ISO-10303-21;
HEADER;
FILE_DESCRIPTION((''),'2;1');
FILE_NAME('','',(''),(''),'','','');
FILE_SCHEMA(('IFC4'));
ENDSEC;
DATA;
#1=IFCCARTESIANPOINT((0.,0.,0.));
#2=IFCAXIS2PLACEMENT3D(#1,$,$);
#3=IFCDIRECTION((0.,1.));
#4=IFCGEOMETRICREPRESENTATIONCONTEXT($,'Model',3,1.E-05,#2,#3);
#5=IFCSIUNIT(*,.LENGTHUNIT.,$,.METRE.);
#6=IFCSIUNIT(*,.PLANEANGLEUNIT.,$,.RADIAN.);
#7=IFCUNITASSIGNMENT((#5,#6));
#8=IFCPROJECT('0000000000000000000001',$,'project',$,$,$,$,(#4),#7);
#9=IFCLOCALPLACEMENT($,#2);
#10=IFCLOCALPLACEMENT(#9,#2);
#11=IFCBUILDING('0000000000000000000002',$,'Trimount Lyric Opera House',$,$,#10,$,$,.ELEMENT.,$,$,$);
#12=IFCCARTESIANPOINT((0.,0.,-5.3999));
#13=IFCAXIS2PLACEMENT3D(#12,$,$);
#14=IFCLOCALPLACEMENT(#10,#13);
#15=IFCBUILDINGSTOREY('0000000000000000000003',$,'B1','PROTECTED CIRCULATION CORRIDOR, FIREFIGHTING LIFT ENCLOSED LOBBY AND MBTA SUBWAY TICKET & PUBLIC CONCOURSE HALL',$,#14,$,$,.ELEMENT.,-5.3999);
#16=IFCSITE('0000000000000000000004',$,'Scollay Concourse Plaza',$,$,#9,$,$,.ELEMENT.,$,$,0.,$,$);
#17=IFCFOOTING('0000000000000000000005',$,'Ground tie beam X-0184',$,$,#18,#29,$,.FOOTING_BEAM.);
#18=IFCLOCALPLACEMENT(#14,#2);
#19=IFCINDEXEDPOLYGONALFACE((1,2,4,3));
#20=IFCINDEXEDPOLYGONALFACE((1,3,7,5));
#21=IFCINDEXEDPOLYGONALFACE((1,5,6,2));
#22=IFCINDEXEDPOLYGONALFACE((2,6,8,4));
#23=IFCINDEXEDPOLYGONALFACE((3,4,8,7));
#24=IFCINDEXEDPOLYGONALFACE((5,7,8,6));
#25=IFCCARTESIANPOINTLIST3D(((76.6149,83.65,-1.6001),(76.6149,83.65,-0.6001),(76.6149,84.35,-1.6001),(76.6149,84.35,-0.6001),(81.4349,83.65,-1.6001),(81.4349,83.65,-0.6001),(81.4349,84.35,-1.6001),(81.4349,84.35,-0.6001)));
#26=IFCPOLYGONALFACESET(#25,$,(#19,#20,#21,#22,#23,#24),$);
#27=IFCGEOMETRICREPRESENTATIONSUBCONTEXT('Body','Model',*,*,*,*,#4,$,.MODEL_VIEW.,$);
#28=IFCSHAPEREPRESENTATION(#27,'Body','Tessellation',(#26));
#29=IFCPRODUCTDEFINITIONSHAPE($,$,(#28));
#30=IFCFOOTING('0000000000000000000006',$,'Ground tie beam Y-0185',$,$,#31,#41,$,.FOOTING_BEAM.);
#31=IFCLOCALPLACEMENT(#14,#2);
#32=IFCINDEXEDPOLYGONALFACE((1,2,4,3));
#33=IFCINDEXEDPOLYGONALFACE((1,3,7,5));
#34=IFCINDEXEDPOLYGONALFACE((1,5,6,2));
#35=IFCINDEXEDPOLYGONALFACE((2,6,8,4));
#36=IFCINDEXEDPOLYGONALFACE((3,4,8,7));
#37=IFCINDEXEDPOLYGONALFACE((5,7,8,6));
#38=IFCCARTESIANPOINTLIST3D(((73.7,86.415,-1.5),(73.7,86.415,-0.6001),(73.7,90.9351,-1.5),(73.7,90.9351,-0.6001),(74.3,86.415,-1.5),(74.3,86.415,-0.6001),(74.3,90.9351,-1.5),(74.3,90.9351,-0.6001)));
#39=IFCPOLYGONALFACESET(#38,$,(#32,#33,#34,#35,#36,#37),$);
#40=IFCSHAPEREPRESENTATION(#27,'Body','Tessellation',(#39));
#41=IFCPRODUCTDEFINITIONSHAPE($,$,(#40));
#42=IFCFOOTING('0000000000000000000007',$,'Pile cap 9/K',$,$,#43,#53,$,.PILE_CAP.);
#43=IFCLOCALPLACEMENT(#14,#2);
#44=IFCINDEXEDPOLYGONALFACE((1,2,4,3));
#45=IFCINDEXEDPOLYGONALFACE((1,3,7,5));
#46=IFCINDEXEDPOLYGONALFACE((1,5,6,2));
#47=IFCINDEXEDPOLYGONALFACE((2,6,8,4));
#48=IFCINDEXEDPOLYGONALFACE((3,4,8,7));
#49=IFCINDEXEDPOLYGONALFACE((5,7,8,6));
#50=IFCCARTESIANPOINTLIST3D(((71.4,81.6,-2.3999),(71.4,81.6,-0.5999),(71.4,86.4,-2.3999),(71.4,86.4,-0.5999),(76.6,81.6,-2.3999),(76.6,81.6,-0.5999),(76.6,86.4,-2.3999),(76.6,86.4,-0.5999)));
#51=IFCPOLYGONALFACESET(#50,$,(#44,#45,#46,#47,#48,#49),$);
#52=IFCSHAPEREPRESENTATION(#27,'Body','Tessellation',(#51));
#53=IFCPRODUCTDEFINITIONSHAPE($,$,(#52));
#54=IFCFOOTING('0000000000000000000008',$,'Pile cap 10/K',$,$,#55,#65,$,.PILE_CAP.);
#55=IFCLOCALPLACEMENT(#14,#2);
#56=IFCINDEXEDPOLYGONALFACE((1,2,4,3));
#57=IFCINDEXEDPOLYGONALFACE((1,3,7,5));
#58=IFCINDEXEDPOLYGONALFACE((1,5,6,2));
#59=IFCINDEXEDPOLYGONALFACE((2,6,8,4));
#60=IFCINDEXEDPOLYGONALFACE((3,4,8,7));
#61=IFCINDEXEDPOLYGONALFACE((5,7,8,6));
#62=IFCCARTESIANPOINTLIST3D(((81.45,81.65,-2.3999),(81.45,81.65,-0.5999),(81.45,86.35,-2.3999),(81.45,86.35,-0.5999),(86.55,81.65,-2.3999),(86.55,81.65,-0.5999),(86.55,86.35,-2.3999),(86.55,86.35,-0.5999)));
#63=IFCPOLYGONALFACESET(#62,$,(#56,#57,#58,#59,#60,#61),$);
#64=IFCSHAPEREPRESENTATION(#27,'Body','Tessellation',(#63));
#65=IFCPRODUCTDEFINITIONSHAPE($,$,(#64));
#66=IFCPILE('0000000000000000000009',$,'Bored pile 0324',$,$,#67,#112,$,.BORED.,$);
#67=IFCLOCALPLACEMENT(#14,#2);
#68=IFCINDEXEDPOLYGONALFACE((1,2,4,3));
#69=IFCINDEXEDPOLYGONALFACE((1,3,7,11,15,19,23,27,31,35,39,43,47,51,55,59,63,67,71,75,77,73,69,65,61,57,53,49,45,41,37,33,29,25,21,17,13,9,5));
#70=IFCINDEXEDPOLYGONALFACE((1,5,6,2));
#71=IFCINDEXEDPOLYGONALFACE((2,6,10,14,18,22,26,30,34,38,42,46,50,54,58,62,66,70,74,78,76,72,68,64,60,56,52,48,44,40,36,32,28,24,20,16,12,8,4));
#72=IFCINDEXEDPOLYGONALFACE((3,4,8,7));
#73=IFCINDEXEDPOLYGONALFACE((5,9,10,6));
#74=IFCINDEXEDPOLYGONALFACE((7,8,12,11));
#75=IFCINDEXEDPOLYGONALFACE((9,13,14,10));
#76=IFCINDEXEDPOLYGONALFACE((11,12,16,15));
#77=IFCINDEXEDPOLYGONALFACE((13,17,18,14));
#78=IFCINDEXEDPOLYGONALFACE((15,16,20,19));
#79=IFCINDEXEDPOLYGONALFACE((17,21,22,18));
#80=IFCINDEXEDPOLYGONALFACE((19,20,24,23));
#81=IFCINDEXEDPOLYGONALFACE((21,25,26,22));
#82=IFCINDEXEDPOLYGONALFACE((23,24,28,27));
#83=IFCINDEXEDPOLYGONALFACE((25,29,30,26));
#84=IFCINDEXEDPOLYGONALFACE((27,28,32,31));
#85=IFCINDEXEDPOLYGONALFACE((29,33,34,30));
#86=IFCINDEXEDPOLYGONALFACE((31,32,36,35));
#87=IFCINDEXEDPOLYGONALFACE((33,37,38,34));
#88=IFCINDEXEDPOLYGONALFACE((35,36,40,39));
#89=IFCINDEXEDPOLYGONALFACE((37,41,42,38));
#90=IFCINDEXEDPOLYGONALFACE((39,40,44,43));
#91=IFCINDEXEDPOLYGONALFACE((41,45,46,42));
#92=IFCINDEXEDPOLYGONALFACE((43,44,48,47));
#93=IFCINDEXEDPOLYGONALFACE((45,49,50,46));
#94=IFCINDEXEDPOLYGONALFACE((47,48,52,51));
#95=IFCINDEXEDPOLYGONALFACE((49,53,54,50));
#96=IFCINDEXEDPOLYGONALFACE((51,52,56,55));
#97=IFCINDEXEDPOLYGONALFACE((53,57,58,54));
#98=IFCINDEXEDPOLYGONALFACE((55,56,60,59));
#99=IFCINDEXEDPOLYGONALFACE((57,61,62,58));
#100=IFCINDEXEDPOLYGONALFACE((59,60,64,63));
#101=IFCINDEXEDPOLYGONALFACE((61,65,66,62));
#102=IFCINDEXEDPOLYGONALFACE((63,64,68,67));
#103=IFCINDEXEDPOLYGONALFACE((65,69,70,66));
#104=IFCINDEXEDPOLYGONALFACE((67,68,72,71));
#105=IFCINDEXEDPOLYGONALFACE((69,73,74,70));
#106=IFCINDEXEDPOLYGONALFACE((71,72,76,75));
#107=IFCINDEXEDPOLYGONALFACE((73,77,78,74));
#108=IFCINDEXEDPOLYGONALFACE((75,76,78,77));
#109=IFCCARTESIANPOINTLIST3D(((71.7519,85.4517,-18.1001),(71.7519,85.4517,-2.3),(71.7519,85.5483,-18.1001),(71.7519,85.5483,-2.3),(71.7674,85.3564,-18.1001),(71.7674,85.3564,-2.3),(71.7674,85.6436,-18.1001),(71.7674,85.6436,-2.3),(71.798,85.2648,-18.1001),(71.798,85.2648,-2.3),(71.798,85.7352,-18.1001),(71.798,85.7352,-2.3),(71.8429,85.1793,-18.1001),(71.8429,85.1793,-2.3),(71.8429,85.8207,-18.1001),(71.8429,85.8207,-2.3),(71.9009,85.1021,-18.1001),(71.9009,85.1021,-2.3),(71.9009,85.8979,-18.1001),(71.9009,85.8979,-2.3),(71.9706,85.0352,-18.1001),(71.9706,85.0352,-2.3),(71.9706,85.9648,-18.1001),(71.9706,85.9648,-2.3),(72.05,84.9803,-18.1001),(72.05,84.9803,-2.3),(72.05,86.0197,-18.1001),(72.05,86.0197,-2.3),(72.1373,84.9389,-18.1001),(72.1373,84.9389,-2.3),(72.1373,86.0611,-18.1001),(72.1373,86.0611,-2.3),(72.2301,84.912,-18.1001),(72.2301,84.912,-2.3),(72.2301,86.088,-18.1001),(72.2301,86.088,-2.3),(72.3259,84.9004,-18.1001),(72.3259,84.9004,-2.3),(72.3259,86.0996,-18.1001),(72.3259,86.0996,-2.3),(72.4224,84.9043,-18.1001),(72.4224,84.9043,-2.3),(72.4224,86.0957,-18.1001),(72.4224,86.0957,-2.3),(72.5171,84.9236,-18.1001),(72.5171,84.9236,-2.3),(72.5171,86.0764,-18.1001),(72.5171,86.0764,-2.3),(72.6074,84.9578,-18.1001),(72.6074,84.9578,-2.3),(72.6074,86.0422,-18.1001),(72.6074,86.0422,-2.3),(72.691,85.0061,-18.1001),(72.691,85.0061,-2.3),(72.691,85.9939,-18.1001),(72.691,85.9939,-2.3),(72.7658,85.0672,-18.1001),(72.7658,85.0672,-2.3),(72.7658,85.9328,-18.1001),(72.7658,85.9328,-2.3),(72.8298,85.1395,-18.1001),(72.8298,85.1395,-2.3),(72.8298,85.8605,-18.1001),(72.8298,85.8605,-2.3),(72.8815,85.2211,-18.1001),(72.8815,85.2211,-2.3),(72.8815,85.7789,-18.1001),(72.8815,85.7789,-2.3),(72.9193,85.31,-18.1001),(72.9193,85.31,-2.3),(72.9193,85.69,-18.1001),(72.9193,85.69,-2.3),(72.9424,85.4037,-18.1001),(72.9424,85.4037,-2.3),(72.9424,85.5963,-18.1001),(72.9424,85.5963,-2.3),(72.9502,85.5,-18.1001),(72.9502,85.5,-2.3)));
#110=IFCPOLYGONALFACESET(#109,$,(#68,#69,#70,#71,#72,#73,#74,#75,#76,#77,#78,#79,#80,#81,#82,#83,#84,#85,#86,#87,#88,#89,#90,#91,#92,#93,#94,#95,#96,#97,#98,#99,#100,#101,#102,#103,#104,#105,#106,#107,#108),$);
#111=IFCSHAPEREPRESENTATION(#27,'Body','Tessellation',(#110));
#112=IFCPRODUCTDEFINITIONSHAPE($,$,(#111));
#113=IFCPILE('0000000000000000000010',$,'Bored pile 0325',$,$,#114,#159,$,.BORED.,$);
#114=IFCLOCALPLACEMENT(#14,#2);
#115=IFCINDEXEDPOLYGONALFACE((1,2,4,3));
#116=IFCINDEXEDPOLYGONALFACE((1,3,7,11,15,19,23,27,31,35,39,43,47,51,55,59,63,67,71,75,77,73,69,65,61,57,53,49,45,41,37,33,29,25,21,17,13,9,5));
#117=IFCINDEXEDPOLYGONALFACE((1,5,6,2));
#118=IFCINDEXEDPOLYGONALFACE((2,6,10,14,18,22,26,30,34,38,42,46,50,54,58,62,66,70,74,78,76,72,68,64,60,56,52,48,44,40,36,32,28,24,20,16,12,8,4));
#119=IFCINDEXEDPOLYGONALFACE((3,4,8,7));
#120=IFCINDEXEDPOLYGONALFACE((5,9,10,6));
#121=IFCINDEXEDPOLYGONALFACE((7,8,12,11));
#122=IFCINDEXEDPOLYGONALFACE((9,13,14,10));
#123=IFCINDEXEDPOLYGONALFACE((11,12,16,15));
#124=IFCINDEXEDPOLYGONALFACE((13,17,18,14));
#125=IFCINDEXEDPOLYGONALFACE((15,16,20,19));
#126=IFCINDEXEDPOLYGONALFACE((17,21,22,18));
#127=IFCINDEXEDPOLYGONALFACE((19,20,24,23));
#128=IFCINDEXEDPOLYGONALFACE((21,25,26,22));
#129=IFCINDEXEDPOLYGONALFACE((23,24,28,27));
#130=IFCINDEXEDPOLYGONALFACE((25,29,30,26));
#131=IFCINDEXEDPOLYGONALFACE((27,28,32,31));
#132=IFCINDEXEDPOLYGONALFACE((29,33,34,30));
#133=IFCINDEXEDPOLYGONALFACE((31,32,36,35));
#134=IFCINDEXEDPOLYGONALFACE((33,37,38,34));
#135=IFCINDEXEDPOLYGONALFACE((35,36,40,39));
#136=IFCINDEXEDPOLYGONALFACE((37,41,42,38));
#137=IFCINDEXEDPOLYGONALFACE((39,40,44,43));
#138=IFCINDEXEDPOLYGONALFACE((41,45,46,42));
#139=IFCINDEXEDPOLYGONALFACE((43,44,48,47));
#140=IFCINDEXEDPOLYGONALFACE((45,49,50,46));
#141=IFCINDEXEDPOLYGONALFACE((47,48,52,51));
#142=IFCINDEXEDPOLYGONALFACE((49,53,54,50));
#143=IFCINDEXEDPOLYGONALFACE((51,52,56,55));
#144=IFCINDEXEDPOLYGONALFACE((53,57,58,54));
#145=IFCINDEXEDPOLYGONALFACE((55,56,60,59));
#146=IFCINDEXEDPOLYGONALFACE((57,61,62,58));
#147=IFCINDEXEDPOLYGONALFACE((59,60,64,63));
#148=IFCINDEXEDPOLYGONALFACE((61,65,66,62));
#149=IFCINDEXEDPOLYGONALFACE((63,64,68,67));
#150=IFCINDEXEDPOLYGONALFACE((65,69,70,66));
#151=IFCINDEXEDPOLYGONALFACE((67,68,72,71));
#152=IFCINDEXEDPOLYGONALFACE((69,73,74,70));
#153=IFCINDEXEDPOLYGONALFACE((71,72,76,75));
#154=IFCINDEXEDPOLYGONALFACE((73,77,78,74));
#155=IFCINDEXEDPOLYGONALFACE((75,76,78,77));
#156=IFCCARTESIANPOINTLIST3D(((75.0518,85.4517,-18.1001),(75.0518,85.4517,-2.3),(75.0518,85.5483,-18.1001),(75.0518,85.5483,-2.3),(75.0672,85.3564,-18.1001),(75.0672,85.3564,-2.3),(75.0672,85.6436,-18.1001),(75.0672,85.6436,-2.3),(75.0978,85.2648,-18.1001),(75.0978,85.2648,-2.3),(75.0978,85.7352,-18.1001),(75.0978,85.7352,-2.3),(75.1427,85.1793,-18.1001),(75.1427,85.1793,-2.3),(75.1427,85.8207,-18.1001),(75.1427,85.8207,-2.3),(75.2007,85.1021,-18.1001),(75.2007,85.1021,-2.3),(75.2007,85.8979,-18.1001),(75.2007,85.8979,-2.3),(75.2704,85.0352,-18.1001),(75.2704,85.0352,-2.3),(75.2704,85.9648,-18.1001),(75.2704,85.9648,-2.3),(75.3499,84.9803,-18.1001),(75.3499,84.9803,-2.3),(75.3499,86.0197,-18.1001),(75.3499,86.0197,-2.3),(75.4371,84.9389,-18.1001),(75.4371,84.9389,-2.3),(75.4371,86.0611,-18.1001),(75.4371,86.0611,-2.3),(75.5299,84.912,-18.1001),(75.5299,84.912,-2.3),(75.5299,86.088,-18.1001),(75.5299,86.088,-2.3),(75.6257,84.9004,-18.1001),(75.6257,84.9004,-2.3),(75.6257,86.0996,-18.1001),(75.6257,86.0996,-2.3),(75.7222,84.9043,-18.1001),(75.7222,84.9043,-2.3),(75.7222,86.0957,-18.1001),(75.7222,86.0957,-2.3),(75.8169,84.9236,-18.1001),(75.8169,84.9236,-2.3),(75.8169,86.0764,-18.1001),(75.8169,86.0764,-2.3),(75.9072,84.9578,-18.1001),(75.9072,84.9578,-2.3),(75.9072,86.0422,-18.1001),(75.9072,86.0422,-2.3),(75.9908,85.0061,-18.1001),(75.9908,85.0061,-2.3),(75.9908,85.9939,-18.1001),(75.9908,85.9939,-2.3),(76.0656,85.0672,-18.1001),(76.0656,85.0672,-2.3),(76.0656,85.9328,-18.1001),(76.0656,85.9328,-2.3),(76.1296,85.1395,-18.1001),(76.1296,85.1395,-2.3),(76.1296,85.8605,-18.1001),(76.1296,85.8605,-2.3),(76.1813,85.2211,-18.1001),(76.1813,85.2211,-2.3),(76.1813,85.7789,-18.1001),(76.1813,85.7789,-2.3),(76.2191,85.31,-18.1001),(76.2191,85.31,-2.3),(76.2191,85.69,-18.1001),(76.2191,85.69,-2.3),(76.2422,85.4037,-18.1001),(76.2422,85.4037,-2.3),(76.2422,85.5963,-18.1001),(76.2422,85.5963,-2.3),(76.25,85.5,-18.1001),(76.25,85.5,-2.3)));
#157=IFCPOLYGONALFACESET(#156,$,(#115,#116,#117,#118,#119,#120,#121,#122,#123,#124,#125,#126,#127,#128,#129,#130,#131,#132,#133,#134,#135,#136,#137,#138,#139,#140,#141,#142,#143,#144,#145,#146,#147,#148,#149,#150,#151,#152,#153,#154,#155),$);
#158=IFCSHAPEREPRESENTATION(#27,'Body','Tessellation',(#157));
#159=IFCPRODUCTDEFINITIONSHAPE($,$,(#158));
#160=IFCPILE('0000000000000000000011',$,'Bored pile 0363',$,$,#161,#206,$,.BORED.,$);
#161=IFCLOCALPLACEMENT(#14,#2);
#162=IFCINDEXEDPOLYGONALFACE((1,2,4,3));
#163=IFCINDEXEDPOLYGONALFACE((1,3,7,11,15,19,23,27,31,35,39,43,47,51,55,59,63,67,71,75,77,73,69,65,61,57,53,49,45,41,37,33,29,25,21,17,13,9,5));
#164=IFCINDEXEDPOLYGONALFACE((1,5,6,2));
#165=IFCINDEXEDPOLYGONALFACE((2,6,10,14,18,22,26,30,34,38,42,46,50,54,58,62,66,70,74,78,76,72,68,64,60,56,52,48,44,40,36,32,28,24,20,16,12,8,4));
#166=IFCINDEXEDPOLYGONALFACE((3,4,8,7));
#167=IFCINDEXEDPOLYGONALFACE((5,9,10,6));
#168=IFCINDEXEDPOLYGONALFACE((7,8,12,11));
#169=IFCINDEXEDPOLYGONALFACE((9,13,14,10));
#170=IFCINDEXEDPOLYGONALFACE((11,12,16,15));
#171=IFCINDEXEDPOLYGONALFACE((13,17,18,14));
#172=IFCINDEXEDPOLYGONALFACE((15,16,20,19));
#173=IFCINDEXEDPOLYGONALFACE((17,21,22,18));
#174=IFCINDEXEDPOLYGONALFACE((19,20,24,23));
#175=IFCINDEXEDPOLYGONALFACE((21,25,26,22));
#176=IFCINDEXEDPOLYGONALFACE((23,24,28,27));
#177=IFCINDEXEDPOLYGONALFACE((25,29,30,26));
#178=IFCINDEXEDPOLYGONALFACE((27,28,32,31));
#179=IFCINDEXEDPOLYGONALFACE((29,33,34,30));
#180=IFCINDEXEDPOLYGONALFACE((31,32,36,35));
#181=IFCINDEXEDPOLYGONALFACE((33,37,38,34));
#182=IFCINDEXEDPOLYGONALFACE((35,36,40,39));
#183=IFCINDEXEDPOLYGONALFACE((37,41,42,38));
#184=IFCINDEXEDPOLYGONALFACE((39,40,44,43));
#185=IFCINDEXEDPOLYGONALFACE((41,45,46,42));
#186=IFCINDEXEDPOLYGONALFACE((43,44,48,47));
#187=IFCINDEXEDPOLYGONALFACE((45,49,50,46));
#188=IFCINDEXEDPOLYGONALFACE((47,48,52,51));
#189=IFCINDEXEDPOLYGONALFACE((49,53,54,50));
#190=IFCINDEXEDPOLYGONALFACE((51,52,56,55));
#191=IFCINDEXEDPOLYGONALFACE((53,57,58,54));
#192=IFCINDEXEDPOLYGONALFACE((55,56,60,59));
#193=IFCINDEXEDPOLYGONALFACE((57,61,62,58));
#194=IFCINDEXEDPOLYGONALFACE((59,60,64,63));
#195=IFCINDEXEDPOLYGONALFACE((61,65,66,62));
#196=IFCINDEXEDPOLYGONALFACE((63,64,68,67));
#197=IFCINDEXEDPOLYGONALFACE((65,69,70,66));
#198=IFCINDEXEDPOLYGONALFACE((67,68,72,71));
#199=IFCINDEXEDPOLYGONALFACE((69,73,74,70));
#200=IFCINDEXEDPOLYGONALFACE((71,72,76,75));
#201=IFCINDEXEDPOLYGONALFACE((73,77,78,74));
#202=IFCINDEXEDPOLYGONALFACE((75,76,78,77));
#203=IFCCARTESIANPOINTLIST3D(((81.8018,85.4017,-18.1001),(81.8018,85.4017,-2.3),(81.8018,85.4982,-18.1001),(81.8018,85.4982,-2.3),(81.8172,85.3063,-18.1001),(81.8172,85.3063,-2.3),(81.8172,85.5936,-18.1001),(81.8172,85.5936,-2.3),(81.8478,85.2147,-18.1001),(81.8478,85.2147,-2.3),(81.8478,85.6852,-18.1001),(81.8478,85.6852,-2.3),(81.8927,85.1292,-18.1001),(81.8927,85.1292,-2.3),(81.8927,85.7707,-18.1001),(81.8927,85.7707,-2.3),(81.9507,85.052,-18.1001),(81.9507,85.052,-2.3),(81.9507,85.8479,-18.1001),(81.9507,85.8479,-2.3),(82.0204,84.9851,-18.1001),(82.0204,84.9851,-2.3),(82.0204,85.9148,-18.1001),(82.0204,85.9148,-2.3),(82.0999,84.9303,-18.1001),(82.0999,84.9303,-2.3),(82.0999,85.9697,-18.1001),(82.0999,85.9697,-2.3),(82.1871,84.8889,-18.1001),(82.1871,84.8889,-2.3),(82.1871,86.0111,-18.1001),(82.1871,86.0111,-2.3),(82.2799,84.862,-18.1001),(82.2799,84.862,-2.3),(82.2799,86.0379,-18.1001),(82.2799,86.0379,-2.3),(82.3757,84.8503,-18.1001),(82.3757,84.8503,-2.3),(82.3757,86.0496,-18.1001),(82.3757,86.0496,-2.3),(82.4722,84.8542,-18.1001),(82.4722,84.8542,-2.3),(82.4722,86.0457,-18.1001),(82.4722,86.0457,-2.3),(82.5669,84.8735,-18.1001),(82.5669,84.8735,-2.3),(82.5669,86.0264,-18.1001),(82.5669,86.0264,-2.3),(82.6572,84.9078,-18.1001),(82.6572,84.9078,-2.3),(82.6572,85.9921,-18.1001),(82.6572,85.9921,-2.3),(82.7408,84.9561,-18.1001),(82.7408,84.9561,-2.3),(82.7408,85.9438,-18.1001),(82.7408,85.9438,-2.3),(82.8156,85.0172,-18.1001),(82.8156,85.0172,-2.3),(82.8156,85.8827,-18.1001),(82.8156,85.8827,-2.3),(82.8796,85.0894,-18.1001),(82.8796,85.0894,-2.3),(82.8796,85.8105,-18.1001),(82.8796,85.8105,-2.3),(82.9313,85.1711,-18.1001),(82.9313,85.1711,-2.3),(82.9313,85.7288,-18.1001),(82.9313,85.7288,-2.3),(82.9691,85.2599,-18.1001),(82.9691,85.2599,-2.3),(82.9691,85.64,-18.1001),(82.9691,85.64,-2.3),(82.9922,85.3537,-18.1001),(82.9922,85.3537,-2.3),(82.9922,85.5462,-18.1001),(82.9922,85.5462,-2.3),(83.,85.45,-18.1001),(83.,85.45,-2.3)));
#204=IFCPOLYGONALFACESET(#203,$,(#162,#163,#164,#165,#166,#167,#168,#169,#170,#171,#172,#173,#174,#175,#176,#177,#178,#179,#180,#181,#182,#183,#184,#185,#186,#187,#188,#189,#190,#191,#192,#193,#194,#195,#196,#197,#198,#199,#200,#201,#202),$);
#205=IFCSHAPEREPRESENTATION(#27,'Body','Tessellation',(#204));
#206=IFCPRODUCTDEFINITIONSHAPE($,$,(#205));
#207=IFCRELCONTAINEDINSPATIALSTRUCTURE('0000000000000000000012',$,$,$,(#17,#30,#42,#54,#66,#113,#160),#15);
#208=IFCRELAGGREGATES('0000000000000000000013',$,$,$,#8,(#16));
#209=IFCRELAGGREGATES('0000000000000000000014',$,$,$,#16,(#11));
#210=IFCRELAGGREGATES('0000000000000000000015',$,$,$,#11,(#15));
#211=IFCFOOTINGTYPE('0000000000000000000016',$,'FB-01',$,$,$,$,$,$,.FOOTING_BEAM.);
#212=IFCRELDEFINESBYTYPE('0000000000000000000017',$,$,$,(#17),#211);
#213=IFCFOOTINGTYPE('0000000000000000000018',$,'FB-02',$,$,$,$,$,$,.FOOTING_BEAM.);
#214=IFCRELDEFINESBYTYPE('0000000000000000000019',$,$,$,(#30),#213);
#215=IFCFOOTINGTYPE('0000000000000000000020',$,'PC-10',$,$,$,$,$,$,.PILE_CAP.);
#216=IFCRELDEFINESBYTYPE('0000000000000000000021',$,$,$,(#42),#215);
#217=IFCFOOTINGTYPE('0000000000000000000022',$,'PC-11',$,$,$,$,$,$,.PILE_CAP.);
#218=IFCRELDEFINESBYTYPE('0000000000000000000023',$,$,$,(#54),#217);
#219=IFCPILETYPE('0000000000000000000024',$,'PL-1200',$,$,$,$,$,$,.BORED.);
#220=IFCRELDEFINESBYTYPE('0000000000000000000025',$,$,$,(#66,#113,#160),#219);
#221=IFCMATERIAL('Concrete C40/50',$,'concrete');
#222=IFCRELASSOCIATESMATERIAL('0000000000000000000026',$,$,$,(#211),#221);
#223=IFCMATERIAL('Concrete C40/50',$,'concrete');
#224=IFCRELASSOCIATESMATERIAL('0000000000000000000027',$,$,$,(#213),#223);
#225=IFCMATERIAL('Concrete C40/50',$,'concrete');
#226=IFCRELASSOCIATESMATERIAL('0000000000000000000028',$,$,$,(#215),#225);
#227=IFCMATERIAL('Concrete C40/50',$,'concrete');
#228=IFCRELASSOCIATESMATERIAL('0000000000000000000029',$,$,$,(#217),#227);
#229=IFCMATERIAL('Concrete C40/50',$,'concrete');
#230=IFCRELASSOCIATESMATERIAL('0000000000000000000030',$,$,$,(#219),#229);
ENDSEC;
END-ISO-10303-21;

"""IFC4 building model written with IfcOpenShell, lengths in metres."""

from ifc_helpers import new_model, si_unit, direction, frame, origin, origin_2d, place, context, subcontext, project, spatial, rectangle, circle, extrude, material, material_profile, profile_set, type_object, element, save


model = new_model("IFC4")

# Units and contexts
model_context = context("Model", 3, precision=1e-05, world=origin(), true_north=direction((0.0, 1.0)))
body_context = subcontext(model_context, "Body", "Model", "MODEL_VIEW")
ifc_project = project(units=[si_unit("LENGTHUNIT", "METRE"), si_unit("PLANEANGLEUNIT", "RADIAN")], contexts=[model_context])

# Site, building, storey
site_placement = place(None, origin())
site = spatial("IfcSite", under=ifc_project, at=site_placement, Name="Scollay Concourse Plaza", CompositionType="ELEMENT", RefElevation=0.0)
building_placement = place(site_placement, origin())
building = spatial("IfcBuilding", under=site, at=building_placement, Name="Trimount Lyric Opera House", CompositionType="ELEMENT")
storey_placement = place(building_placement, frame((0.0, 0.0, -5.3999)))
storey = spatial("IfcBuildingStorey", under=building, at=storey_placement, Name="B1", Description="PROTECTED CIRCULATION CORRIDOR, FIREFIGHTING LIFT ENCLOSED LOBBY AND MBTA SUBWAY TICKET & PUBLIC CONCOURSE HALL", CompositionType="ELEMENT", Elevation=-5.3999)

# Footings
ifc_material_1 = material(Name="Concrete C40/50", Category="concrete")
footing_type_1 = type_object("IfcFootingType", Name="FB-01", PredefinedType="FOOTING_BEAM", material=ifc_material_1)
footing_1_placement = place(storey_placement, frame((79.0249, 84.0, -1.6001), z_axis=(0.0, 0.0, 1.0), x_axis=(1.0, 0.0, 0.0)))
element("IfcFooting", 1, at=footing_1_placement, inside=storey, type_object=footing_type_1, Name="Ground tie beam X-0184", PredefinedType="FOOTING_BEAM", context=body_context, shape_type="SweptSolid", body=[
    extrude(rectangle(XDim=4.8201, YDim=0.7, at=origin_2d()), origin(), (0.0, 0.0, 1.0), 1.0),
])
ifc_material_2 = material(Name="Concrete C40/50", Category="concrete")
footing_type_2 = type_object("IfcFootingType", Name="FB-02", PredefinedType="FOOTING_BEAM", material=ifc_material_2)
footing_2_placement = place(storey_placement, frame((74.0, 88.675, -1.5), z_axis=(0.0, 0.0, 1.0), x_axis=(1.0, 0.0, 0.0)))
element("IfcFooting", 2, at=footing_2_placement, inside=storey, type_object=footing_type_2, Name="Ground tie beam Y-0185", PredefinedType="FOOTING_BEAM", context=body_context, shape_type="SweptSolid", body=[
    extrude(rectangle(XDim=0.6001, YDim=4.52, at=origin_2d()), origin(), (0.0, 0.0, 1.0), 0.8999),
])
ifc_material_3 = material(Name="Concrete C40/50", Category="concrete")
footing_type_3 = type_object("IfcFootingType", Name="PC-10", PredefinedType="PILE_CAP", material=ifc_material_3)
footing_3_placement = place(storey_placement, frame((74.0, 84.0, -2.3999), z_axis=(0.0, 0.0, 1.0), x_axis=(1.0, 0.0, 0.0)))
element("IfcFooting", 3, at=footing_3_placement, inside=storey, type_object=footing_type_3, Name="Pile cap 9/K", PredefinedType="PILE_CAP", context=body_context, shape_type="SweptSolid", body=[
    extrude(rectangle(XDim=5.2, YDim=4.8, at=origin_2d()), origin(), (0.0, 0.0, 1.0), 1.8),
])
ifc_material_4 = material(Name="Concrete C40/50", Category="concrete")
footing_type_4 = type_object("IfcFootingType", Name="PC-11", PredefinedType="PILE_CAP", material=ifc_material_4)
footing_4_placement = place(storey_placement, frame((84.0, 84.0, -2.3999), z_axis=(0.0, 0.0, 1.0), x_axis=(1.0, 0.0, 0.0)))
element("IfcFooting", 4, at=footing_4_placement, inside=storey, type_object=footing_type_4, Name="Pile cap 10/K", PredefinedType="PILE_CAP", context=body_context, shape_type="SweptSolid", body=[
    extrude(rectangle(XDim=5.1001, YDim=4.7, at=origin_2d()), origin(), (0.0, 0.0, 1.0), 1.8),
])

# Piles
ifc_material_5 = material(Name="Concrete C40/50", Category="concrete")
ifc_material_profile_1 = material_profile(ifc_material_5, circle(Radius=0.6001, at=origin_2d()), Name="PILE-D1200")
ifc_profile_set_1 = profile_set([ifc_material_profile_1], Name="Concrete C40/50")
pile_type = type_object("IfcPileType", Name="PL-1200", PredefinedType="BORED", material=ifc_profile_set_1)
for number, where, z_axis, x_axis, name in (
    (5, (72.3501, 85.5, -2.3), (0.0, 0.0, -1.0), (1.0, 0.0, 0.0), "Bored pile 0324"),
    (6, (75.6499, 85.5, -2.3), (0.0, 0.0, -1.0), (1.0, 0.0, 0.0), "Bored pile 0325"),
    (7, (82.3999, 85.45, -2.3), (0.0, 0.0, -1.0), (1.0, 0.0, 0.0), "Bored pile 0363"),
):
    element("IfcPile", number, at=place(storey_placement, frame(where, z_axis=z_axis, x_axis=x_axis)), inside=storey, type_object=pile_type, Name=name, PredefinedType="BORED", context=body_context, shape_type="SweptSolid", body=[
        extrude(circle(Radius=0.6001, at=origin_2d()), origin(), (0.0, 0.0, 1.0), 15.8),
    ])

save(model, "model.ifc")
